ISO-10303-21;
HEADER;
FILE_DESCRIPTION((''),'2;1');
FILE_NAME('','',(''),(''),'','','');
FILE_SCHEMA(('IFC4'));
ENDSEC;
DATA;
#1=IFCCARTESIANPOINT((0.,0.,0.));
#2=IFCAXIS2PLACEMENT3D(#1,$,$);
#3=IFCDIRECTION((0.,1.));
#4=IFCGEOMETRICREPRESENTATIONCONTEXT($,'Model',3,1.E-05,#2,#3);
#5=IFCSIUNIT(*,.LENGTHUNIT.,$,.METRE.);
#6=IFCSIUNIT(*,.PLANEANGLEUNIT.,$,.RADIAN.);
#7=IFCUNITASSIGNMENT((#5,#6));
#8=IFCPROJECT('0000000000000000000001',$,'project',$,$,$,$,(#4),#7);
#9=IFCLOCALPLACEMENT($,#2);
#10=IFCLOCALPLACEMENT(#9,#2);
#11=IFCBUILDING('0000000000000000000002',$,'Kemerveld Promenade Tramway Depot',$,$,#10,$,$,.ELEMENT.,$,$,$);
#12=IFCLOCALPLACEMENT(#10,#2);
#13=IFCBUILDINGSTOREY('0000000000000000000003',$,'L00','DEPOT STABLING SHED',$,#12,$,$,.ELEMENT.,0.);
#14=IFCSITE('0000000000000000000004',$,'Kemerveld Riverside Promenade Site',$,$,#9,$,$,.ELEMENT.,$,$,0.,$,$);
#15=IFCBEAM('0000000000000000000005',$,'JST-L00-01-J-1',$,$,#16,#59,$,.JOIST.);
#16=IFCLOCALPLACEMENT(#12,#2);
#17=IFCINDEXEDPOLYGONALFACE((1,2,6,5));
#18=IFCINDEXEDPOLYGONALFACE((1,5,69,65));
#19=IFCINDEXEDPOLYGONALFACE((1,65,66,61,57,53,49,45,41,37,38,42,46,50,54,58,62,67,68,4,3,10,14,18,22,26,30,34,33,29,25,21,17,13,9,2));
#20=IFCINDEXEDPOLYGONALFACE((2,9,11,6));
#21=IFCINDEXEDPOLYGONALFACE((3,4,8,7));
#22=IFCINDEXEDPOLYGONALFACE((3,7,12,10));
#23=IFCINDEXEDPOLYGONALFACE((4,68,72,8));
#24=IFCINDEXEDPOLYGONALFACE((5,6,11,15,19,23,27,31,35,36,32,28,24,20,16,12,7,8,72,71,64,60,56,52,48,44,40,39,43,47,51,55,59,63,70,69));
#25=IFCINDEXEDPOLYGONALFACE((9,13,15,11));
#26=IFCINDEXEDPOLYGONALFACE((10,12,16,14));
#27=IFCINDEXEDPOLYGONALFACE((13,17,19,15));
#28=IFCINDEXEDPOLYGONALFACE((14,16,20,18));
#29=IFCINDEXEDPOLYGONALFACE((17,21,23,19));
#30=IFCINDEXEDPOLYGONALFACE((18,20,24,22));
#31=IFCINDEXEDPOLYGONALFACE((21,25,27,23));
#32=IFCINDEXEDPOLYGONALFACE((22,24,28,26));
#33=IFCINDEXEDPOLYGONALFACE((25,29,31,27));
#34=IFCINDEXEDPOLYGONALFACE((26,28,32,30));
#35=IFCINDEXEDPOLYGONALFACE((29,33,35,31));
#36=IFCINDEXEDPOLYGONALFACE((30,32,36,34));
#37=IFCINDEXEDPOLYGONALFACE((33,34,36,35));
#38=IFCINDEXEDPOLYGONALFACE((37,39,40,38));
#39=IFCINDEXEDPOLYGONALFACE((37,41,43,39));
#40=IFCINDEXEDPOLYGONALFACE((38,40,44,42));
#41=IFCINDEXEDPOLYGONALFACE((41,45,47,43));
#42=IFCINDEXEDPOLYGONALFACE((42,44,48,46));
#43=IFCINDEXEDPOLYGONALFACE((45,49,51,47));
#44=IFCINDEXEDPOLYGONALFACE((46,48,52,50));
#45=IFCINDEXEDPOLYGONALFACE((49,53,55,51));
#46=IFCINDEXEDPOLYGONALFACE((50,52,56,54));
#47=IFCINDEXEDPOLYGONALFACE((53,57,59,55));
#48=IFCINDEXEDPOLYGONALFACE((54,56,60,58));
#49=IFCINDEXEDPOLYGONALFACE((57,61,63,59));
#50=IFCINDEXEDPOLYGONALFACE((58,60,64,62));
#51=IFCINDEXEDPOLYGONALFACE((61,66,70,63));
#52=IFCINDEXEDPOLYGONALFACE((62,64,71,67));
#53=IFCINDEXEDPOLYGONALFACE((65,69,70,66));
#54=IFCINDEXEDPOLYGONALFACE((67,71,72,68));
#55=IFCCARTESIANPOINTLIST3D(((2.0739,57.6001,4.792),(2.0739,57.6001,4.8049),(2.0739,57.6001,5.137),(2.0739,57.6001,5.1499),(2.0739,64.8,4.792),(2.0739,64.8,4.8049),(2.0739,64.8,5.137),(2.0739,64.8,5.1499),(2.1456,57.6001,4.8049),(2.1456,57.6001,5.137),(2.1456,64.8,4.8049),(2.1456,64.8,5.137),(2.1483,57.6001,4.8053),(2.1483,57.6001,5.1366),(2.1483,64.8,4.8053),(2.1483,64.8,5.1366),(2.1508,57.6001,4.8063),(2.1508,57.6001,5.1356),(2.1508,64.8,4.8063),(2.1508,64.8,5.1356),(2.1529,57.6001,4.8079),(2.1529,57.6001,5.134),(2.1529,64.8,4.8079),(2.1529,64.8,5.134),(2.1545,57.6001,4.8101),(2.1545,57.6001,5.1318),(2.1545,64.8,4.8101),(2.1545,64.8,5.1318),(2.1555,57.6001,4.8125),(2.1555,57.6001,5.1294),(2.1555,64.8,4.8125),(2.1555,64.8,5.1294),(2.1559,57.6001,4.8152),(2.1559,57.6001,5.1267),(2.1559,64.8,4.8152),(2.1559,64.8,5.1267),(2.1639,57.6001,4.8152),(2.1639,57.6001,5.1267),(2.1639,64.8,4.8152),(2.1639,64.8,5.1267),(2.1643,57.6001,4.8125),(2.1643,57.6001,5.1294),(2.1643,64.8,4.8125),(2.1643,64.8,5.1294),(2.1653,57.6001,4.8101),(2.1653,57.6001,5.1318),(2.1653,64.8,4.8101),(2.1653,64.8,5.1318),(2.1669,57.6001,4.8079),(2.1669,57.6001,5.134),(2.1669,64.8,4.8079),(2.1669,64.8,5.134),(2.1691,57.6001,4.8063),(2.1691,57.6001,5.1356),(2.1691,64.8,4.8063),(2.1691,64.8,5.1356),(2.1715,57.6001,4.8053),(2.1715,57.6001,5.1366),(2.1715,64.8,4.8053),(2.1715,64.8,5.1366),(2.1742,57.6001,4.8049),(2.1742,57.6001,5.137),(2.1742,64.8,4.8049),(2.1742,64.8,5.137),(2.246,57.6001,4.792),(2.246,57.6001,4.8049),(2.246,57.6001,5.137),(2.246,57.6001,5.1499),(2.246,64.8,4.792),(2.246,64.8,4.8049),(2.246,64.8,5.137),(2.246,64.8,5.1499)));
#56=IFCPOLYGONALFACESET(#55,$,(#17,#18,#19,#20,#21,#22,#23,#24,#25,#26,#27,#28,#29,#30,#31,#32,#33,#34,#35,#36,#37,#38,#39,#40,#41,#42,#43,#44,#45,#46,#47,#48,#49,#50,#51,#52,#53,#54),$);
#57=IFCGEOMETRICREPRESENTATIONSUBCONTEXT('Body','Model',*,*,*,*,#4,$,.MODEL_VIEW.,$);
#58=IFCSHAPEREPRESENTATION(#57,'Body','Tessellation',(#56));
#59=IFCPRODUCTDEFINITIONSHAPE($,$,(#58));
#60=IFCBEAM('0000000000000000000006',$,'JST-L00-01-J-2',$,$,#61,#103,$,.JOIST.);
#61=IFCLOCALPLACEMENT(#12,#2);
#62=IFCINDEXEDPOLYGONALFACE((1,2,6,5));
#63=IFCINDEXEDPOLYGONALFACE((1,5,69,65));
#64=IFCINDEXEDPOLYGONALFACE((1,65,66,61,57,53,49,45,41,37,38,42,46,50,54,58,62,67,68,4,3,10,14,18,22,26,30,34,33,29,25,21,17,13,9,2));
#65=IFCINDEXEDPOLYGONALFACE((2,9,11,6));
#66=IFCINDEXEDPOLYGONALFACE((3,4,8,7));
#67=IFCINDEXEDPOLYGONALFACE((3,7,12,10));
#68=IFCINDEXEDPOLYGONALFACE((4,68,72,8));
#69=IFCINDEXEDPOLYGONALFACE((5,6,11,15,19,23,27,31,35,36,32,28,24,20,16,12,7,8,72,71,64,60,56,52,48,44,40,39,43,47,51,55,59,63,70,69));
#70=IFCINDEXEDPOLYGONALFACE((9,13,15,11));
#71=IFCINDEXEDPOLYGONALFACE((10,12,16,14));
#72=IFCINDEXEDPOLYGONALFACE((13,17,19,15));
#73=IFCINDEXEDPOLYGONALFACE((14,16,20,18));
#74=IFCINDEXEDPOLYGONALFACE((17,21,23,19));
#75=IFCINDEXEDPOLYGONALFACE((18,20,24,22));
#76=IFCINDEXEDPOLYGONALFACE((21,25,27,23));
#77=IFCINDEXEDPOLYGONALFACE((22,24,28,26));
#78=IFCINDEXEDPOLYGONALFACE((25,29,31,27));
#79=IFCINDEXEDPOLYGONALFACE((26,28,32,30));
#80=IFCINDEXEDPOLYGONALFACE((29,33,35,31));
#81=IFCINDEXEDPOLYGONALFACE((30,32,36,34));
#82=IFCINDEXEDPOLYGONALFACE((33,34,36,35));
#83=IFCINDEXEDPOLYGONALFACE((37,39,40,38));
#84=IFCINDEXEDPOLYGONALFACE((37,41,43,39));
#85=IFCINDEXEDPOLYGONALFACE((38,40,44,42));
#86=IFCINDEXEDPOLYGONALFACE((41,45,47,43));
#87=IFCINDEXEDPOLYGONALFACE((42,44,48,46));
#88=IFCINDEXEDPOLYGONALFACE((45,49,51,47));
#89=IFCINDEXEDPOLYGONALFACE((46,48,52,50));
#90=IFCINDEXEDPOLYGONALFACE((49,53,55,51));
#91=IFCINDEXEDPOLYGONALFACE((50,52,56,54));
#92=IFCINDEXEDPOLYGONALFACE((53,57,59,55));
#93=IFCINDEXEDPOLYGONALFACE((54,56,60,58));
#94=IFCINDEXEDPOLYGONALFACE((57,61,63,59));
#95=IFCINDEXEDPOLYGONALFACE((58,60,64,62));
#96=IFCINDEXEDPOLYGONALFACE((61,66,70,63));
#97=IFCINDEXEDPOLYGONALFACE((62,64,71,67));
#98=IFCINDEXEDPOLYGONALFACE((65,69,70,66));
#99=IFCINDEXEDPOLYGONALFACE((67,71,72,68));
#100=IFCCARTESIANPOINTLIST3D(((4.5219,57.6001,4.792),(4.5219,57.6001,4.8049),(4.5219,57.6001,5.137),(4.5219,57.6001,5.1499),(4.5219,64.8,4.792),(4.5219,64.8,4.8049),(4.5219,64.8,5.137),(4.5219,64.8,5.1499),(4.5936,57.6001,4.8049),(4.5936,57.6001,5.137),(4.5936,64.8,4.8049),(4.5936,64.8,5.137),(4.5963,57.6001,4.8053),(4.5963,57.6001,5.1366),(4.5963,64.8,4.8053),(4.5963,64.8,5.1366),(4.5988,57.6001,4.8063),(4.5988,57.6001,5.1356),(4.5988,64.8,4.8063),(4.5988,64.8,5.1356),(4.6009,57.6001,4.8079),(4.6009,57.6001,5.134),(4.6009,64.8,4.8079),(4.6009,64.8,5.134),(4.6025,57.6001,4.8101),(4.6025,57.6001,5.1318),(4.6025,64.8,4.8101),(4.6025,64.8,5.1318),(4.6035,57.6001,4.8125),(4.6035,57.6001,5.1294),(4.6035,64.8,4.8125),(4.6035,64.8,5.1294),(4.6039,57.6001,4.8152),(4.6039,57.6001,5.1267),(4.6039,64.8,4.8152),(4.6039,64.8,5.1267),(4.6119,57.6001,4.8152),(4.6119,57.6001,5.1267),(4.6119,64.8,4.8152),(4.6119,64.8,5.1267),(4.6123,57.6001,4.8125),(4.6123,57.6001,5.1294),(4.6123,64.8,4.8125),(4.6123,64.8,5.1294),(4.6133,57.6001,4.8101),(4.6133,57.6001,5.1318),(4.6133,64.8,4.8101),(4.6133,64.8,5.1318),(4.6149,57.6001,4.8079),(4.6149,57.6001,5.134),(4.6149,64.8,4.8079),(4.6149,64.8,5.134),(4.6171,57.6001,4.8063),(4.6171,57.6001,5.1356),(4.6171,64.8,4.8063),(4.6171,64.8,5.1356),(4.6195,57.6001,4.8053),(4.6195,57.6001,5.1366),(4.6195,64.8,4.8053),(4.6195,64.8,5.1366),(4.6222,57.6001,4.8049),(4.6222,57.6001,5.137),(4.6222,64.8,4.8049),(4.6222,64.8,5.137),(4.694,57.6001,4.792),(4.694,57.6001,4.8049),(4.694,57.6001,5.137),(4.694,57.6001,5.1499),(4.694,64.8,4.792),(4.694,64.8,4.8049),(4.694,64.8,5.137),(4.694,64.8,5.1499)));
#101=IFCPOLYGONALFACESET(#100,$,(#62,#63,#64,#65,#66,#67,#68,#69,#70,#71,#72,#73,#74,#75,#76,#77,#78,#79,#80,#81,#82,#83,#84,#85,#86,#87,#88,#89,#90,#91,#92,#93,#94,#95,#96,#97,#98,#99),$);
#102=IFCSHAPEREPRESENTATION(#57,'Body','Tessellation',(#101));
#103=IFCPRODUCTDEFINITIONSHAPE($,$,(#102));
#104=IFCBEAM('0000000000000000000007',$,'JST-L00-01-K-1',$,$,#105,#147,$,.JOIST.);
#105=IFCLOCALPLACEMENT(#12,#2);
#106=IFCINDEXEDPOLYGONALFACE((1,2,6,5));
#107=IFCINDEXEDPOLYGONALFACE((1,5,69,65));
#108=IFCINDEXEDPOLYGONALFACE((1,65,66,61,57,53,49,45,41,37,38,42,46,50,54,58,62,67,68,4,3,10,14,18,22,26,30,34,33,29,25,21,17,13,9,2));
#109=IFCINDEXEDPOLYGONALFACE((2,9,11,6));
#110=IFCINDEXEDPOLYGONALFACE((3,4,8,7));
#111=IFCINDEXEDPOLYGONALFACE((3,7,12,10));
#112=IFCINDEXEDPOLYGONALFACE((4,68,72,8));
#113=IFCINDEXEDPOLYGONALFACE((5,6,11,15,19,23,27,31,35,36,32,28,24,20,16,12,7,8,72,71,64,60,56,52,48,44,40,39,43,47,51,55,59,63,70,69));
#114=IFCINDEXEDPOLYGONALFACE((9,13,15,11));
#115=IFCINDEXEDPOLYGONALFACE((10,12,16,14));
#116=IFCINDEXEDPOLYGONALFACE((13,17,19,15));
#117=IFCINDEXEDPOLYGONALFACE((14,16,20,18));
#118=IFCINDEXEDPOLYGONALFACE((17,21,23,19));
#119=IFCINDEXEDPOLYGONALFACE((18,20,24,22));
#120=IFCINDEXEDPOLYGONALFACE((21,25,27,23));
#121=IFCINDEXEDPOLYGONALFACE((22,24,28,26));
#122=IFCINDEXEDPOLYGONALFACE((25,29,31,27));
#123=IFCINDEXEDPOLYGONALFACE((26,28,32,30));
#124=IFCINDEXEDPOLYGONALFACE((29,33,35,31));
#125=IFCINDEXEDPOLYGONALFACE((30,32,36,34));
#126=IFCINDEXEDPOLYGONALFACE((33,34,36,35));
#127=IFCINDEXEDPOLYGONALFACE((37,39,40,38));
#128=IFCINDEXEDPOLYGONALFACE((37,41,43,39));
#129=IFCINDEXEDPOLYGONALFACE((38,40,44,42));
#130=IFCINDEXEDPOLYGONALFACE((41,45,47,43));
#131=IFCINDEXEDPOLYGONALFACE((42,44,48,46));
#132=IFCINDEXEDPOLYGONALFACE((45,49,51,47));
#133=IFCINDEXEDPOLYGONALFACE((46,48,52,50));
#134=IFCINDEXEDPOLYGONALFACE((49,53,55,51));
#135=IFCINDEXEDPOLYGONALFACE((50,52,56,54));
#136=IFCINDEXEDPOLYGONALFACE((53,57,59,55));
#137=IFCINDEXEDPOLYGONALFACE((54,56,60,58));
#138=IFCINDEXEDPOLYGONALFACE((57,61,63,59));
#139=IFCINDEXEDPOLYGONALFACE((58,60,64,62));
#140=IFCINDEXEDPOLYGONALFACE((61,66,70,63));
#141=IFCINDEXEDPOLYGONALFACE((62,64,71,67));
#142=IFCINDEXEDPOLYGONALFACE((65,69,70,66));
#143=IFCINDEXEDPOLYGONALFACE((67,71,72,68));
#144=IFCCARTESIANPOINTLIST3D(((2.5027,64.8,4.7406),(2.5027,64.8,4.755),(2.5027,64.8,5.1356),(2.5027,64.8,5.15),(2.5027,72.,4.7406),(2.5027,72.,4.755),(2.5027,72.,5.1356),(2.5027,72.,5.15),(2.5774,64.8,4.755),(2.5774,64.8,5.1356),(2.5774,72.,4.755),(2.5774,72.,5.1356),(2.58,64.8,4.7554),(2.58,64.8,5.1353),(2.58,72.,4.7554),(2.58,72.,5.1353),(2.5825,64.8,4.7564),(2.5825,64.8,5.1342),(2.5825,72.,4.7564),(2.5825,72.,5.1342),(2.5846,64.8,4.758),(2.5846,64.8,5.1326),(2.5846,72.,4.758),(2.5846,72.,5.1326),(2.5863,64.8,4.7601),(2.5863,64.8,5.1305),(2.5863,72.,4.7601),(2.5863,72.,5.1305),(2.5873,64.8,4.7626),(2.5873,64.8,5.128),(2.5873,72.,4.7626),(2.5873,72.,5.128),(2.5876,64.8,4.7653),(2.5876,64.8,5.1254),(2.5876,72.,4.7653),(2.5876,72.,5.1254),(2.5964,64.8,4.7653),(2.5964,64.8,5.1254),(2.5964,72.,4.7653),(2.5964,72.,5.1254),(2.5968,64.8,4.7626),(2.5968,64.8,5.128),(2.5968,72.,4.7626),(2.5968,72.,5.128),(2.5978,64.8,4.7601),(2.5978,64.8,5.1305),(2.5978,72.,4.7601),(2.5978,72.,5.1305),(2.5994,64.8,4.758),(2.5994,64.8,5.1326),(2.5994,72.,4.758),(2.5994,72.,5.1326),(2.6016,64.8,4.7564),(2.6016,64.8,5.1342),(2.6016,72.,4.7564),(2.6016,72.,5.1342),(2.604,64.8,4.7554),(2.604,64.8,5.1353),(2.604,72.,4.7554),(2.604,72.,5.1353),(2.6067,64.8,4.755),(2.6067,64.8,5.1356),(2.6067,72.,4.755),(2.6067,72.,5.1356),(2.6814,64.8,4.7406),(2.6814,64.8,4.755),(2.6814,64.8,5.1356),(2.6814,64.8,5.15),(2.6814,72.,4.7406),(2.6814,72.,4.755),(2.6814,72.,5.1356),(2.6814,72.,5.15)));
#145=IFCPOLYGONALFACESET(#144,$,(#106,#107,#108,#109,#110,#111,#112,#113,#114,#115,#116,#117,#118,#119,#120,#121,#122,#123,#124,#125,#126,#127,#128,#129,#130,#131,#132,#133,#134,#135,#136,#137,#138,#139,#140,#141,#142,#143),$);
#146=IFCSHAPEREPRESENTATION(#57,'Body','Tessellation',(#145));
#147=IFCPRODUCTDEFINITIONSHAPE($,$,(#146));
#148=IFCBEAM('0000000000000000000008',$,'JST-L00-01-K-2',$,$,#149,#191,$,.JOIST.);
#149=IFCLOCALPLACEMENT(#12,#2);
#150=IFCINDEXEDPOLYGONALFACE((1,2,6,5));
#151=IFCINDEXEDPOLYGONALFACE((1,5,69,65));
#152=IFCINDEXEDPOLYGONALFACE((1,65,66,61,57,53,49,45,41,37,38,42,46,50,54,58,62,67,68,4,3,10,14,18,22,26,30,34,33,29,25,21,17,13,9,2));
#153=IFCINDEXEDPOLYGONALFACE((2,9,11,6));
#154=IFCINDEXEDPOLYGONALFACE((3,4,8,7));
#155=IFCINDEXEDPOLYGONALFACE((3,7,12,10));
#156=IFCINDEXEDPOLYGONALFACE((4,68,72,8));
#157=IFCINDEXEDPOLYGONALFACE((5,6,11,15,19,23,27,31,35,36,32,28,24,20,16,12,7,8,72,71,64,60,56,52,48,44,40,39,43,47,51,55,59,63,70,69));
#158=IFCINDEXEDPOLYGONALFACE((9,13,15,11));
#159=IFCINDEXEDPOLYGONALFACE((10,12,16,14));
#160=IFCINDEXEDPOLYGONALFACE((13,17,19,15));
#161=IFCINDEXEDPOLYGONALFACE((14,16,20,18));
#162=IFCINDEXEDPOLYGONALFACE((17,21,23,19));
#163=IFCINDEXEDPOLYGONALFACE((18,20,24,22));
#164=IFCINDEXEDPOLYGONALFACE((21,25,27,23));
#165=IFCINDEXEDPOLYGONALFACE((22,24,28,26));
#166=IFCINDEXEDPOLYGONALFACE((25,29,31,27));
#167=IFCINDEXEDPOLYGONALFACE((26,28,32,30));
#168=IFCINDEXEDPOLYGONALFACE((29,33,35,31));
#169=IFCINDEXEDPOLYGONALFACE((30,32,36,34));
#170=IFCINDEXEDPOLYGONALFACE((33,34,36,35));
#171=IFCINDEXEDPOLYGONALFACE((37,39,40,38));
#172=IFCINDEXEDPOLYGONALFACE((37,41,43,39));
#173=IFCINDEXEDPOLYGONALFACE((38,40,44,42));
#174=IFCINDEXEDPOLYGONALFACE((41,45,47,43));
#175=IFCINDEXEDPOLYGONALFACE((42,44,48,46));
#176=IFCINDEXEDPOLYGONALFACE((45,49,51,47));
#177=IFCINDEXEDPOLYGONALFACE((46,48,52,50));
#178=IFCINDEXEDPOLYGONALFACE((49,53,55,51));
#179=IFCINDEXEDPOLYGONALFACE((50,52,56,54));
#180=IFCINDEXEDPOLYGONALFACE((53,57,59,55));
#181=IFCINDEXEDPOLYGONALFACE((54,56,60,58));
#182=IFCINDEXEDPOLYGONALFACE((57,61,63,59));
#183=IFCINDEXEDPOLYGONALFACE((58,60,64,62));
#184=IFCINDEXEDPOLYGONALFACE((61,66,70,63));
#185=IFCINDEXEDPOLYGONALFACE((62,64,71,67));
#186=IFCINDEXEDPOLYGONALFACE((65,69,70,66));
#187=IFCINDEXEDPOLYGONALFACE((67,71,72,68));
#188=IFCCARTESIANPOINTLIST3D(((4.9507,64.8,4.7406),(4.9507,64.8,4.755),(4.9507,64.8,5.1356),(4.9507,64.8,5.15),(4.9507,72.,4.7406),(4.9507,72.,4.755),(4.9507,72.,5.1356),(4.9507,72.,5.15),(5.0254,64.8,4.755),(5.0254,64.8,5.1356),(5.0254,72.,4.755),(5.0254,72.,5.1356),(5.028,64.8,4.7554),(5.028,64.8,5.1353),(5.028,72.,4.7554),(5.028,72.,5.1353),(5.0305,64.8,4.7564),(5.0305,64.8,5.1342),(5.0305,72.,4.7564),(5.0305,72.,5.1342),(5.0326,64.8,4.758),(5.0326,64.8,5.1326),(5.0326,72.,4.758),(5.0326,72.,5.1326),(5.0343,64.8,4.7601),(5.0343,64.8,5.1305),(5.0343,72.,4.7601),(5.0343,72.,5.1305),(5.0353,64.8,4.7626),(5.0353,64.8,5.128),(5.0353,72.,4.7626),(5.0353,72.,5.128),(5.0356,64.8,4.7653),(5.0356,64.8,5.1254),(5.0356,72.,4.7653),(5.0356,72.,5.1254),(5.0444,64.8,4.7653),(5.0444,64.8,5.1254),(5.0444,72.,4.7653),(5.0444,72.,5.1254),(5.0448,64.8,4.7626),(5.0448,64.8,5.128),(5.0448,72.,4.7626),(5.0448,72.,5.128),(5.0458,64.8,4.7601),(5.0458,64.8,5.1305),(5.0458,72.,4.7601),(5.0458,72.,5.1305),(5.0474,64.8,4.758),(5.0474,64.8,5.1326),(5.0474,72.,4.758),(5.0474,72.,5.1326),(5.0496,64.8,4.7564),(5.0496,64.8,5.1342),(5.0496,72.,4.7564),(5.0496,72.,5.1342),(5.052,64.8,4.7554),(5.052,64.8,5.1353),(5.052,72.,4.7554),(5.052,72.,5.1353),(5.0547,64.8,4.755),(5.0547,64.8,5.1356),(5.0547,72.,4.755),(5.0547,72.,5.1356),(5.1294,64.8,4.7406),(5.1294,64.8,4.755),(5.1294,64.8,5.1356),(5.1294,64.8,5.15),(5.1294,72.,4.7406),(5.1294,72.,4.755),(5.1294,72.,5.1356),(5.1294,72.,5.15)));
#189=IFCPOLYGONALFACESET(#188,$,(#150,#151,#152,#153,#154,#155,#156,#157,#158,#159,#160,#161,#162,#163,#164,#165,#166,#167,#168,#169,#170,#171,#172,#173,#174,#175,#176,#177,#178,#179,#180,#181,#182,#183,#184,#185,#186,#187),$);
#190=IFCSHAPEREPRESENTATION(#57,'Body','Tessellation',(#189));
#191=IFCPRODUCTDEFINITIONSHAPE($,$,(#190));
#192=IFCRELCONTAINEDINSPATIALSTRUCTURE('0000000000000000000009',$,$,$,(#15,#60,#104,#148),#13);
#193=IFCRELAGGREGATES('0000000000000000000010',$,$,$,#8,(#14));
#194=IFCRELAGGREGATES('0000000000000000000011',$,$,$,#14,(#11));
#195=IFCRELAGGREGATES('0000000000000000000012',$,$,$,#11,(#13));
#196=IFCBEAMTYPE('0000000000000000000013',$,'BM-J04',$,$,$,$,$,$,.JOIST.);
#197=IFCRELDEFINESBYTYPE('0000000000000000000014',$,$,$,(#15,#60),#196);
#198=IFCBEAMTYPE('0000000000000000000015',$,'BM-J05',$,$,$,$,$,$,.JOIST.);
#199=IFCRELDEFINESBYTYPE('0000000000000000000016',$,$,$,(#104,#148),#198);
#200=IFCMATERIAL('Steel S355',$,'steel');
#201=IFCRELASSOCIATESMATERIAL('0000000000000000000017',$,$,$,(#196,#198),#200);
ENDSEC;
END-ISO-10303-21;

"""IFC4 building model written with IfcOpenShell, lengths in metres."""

from ifc_helpers import new_model, si_unit, direction, frame, origin, origin_2d, place, context, subcontext, project, spatial, i_section, extrude, material, material_profile, profile_set, type_object, element, save


model = new_model("IFC4")

# Units and contexts
model_context = context("Model", 3, precision=1e-05, world=origin(), true_north=direction((0.0, 1.0)))
body_context = subcontext(model_context, "Body", "Model", "MODEL_VIEW")
ifc_project = project(units=[si_unit("LENGTHUNIT", "METRE"), si_unit("PLANEANGLEUNIT", "RADIAN")], contexts=[model_context])

# Site, building, storey
site_placement = place(None, origin())
site = spatial("IfcSite", under=ifc_project, at=site_placement, Name="Kemerveld Riverside Promenade Site", CompositionType="ELEMENT", RefElevation=0.0)
building_placement = place(site_placement, origin())
building = spatial("IfcBuilding", under=site, at=building_placement, Name="Kemerveld Promenade Tramway Depot", CompositionType="ELEMENT")
storey_placement = place(building_placement, origin())
storey = spatial("IfcBuildingStorey", under=building, at=storey_placement, Name="L00", Description="DEPOT STABLING SHED", CompositionType="ELEMENT", Elevation=0.0)

# Shared definitions
ifc_material_1 = material(Name="Steel S355", Category="steel")

# Beams
ifc_material_profile_1 = material_profile(ifc_material_1, i_section(OverallWidth=0.1721, OverallDepth=0.3579, WebThickness=0.0081, FlangeThickness=0.0129, FilletRadius=0.0103, at=origin_2d()), Name="356x171x57 UB")
ifc_profile_set_1 = profile_set([ifc_material_profile_1], Name="Steel S355")
beam_type_1 = type_object("IfcBeamType", Name="BM-J04", PredefinedType="JOIST", material=ifc_profile_set_1)
for number, where, z_axis, x_axis, name in (
    (1, (2.1599, 57.6001, 4.9709), (0.0, 1.0, 0.0), (-1.0, 0.0, 0.0), "JST-L00-01-J-1"),
    (2, (4.6079, 57.6001, 4.9709), (0.0, 1.0, 0.0), (-1.0, 0.0, 0.0), "JST-L00-01-J-2"),
):
    element("IfcBeam", number, at=place(storey_placement, frame(where, z_axis=z_axis, x_axis=x_axis)), inside=storey, type_object=beam_type_1, Name=name, PredefinedType="JOIST", context=body_context, shape_type="SweptSolid", body=[
        extrude(i_section(OverallWidth=0.1721, OverallDepth=0.3579, WebThickness=0.0081, FlangeThickness=0.0129, FilletRadius=0.0103, at=origin_2d()), origin(), (0.0, 0.0, 1.0), 7.2),
    ])
ifc_material_profile_2 = material_profile(ifc_material_1, i_section(OverallWidth=0.1787, OverallDepth=0.4094, WebThickness=0.0088, FlangeThickness=0.0144, FilletRadius=0.0103, at=origin_2d()), Name="406x178x67 UB")
ifc_profile_set_2 = profile_set([ifc_material_profile_2], Name="Steel S355")
beam_type_2 = type_object("IfcBeamType", Name="BM-J05", PredefinedType="JOIST", material=ifc_profile_set_2)
for number, where, z_axis, x_axis, name in (
    (3, (2.592, 64.8, 4.9453), (0.0, 1.0, 0.0), (-1.0, 0.0, 0.0), "JST-L00-01-K-1"),
    (4, (5.04, 64.8, 4.9453), (0.0, 1.0, 0.0), (-1.0, 0.0, 0.0), "JST-L00-01-K-2"),
):
    element("IfcBeam", number, at=place(storey_placement, frame(where, z_axis=z_axis, x_axis=x_axis)), inside=storey, type_object=beam_type_2, Name=name, PredefinedType="JOIST", context=body_context, shape_type="SweptSolid", body=[
        extrude(i_section(OverallWidth=0.1787, OverallDepth=0.4094, WebThickness=0.0088, FlangeThickness=0.0144, FilletRadius=0.0103, at=origin_2d()), origin(), (0.0, 0.0, 1.0), 7.2),
    ])

save(model, "model.ifc")
